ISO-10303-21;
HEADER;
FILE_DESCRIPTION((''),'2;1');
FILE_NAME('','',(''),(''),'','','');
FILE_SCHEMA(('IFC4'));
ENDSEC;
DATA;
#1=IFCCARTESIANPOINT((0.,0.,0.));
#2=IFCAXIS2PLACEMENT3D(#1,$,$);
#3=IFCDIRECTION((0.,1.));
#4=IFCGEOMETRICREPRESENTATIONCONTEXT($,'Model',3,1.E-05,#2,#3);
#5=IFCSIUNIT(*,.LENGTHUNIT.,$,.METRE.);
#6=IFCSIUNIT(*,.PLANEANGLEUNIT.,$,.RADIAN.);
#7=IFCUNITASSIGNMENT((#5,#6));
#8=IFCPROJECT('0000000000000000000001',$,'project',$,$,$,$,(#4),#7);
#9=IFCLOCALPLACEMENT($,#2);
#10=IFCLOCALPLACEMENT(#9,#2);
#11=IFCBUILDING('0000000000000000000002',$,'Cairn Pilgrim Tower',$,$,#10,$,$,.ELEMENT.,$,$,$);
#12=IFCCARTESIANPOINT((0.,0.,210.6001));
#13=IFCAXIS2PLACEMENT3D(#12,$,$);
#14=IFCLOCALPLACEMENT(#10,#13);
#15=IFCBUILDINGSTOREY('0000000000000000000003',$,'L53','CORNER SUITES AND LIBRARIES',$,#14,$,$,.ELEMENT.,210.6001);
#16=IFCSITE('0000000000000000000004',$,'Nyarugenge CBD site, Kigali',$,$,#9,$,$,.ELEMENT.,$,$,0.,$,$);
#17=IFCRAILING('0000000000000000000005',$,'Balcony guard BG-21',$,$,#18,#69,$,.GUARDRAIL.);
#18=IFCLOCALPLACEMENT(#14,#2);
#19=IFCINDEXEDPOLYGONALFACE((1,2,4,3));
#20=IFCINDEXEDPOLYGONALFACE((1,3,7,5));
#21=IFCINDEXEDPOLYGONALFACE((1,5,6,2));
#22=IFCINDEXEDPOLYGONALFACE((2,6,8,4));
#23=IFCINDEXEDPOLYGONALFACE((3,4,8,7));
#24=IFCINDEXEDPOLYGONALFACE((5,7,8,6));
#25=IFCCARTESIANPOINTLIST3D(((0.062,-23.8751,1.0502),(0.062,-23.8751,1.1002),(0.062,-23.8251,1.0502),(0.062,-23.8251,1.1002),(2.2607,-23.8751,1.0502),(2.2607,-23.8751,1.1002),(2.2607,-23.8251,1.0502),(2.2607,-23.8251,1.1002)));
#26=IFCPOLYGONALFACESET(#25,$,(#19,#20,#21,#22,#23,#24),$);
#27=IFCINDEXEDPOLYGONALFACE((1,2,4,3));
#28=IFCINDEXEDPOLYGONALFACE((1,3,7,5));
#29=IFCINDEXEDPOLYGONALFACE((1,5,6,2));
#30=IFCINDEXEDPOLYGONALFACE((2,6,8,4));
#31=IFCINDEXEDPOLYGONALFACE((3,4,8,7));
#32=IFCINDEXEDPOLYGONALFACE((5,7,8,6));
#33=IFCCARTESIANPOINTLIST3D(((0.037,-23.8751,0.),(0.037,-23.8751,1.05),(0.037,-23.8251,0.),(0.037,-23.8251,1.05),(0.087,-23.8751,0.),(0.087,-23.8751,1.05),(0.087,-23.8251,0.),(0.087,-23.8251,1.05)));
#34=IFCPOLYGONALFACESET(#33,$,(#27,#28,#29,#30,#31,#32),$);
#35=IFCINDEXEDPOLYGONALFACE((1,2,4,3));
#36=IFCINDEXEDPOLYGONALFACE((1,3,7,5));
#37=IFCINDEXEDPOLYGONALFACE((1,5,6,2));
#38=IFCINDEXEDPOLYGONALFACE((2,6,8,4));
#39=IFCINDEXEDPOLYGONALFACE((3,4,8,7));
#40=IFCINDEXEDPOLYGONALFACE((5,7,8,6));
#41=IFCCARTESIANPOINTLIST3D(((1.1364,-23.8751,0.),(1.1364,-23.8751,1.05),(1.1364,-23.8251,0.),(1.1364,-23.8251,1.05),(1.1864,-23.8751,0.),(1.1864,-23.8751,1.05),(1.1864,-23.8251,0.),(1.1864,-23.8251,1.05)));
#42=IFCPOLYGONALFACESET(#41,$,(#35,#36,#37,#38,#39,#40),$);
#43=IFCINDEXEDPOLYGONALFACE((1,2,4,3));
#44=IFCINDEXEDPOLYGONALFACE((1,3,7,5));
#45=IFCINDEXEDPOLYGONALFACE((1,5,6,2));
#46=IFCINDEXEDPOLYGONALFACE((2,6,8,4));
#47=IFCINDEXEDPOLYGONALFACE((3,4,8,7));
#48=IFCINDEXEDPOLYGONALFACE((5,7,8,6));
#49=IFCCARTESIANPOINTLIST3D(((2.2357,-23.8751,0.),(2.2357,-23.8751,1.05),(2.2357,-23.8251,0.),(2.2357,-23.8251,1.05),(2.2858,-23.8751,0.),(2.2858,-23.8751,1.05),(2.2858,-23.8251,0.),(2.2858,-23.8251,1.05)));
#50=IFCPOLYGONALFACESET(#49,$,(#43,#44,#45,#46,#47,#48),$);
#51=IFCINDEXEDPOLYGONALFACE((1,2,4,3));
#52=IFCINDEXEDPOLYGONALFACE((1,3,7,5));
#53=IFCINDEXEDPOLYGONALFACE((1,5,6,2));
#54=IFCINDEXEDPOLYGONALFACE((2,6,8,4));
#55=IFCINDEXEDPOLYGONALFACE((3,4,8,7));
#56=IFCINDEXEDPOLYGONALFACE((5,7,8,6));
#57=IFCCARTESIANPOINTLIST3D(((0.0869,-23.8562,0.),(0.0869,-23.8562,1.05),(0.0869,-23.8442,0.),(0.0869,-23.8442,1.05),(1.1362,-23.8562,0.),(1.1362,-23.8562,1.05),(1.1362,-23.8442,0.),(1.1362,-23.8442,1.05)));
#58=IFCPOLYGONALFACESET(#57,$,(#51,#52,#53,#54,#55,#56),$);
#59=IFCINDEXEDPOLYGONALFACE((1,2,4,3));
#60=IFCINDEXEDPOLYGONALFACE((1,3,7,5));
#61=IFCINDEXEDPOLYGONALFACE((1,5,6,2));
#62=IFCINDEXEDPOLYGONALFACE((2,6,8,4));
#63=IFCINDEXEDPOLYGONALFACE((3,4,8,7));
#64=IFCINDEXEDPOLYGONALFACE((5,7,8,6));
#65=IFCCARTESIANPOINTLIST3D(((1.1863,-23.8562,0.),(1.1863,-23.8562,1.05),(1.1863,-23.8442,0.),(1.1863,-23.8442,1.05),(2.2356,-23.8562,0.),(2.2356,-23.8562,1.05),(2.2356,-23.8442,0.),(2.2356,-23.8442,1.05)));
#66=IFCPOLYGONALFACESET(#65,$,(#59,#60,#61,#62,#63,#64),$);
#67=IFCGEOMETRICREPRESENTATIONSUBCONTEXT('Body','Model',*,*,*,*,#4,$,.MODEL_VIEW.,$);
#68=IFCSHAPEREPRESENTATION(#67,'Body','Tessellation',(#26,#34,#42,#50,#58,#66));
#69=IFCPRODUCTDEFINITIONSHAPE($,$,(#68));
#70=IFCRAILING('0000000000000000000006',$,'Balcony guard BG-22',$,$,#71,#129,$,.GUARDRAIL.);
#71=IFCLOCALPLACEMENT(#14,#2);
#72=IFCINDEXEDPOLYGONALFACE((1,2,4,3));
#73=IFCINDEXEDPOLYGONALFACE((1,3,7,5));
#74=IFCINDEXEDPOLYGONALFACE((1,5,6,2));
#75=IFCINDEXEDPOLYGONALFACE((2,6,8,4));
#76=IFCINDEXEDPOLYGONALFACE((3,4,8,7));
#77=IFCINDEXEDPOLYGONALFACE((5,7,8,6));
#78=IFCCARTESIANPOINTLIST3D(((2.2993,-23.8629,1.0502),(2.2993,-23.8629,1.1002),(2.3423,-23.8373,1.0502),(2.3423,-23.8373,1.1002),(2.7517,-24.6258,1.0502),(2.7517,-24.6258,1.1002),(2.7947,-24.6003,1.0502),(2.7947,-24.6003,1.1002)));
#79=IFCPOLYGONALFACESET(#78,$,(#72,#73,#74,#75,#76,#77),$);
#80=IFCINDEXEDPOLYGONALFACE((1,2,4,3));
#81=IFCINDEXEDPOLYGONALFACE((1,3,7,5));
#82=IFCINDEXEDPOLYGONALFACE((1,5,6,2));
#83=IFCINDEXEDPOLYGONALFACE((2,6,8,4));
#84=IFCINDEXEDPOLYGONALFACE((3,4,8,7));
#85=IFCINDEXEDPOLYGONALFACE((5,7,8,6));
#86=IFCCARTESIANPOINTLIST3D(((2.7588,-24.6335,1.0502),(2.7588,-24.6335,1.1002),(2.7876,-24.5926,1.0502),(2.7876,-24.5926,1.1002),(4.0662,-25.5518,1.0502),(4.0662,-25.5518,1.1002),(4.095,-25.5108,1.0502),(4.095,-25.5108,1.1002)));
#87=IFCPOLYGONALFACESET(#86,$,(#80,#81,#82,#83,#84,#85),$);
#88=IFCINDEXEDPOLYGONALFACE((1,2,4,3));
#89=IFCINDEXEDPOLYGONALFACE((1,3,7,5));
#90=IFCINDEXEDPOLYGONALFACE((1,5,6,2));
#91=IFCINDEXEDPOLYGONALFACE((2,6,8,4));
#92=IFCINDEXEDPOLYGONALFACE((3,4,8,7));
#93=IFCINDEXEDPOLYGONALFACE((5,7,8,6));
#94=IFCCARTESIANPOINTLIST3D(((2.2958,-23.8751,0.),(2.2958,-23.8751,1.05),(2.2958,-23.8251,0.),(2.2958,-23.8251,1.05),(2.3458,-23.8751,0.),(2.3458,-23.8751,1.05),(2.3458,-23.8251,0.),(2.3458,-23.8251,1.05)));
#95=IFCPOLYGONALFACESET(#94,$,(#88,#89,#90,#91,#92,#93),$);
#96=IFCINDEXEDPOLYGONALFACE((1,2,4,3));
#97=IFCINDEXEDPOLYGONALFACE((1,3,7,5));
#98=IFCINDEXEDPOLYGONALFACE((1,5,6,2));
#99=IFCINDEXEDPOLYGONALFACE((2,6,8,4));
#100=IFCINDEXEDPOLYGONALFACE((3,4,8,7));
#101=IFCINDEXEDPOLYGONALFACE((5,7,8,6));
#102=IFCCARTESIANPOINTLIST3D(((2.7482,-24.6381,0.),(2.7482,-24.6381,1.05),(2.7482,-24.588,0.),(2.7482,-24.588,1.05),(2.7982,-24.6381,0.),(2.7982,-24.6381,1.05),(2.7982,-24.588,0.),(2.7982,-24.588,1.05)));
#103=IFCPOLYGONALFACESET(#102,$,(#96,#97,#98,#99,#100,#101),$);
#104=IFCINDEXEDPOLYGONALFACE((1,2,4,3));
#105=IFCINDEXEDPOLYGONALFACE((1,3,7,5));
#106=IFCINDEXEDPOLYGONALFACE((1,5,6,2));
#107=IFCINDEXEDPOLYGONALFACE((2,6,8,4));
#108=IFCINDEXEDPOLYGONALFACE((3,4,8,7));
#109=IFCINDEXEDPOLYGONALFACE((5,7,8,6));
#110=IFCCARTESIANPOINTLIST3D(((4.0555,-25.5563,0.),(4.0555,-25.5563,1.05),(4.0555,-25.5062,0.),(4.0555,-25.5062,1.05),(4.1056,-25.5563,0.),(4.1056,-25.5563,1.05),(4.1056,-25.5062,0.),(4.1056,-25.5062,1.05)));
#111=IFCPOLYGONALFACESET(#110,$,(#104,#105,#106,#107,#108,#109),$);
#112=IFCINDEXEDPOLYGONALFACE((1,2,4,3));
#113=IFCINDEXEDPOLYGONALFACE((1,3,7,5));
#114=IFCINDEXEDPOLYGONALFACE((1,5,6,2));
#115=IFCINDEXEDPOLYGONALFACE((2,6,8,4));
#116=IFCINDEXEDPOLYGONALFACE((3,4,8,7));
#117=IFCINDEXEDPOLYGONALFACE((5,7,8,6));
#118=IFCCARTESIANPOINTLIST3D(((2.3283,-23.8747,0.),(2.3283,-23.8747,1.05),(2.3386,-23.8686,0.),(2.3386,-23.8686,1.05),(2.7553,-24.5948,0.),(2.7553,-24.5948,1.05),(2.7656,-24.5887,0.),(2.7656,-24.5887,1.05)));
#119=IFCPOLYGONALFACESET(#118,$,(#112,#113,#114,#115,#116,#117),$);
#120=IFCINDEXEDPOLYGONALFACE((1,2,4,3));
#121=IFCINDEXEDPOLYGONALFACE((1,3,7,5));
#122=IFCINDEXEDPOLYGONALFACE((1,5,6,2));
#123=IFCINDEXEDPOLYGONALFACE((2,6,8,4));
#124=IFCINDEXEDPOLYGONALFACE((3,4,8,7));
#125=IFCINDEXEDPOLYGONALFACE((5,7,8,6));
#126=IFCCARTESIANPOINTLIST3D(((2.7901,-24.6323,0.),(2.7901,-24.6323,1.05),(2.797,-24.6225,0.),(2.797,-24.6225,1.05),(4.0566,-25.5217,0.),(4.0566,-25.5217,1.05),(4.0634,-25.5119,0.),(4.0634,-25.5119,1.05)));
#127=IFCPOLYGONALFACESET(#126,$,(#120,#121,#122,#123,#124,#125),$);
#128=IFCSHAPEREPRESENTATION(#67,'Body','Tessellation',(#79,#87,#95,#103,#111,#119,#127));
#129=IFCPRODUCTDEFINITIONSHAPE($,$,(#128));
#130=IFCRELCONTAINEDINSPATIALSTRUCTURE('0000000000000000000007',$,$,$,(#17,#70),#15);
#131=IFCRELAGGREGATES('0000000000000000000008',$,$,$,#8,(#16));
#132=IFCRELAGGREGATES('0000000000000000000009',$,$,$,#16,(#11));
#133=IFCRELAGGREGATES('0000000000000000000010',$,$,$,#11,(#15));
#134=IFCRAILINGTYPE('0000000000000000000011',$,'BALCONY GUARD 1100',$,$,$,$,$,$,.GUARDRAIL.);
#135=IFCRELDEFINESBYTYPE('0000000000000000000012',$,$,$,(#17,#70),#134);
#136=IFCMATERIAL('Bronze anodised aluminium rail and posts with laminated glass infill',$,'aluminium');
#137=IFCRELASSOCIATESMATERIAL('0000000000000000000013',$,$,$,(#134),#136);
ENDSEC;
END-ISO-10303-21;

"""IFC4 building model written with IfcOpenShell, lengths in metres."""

from ifc_helpers import new_model, si_unit, direction, frame, origin, origin_2d, place, context, subcontext, project, spatial, polyline, rectangle, outline, extrude, material, type_object, element, save


model = new_model("IFC4")

# Units and contexts
model_context = context("Model", 3, precision=1e-05, world=origin(), true_north=direction((0.0, 1.0)))
body_context = subcontext(model_context, "Body", "Model", "MODEL_VIEW")
ifc_project = project(units=[si_unit("LENGTHUNIT", "METRE"), si_unit("PLANEANGLEUNIT", "RADIAN")], contexts=[model_context])

# Site, building, storey
site_placement = place(None, origin())
site = spatial("IfcSite", under=ifc_project, at=site_placement, Name="Nyarugenge CBD site, Kigali", CompositionType="ELEMENT", RefElevation=0.0)
building_placement = place(site_placement, origin())
building = spatial("IfcBuilding", under=site, at=building_placement, Name="Cairn Pilgrim Tower", CompositionType="ELEMENT")
storey_placement = place(building_placement, frame((0.0, 0.0, 210.6001)))
storey = spatial("IfcBuildingStorey", under=building, at=storey_placement, Name="L53", Description="CORNER SUITES AND LIBRARIES", CompositionType="ELEMENT", Elevation=210.6001)

# Railings
ifc_material_1 = material(Name="Bronze anodised aluminium rail and posts with laminated glass infill", Category="aluminium")
railing_type = type_object("IfcRailingType", Name="BALCONY GUARD 1100", PredefinedType="GUARDRAIL", material=ifc_material_1)
railing_1_placement = place(storey_placement, frame((0.062, -23.8501, 0.0)))
element("IfcRailing", 1, at=railing_1_placement, inside=storey, type_object=railing_type, Name="Balcony guard BG-21", PredefinedType="GUARDRAIL", context=body_context, shape_type="SweptSolid", body=[
    extrude(rectangle(XDim=0.05, YDim=0.05, at=origin_2d()), frame((0.0, 0.0, 1.0752), z_axis=(1.0, 0.0, 0.0), x_axis=(0.0, 1.0, 0.0)), (0.0, 0.0, 1.0), 2.1987),
    extrude(rectangle(XDim=0.05, YDim=0.05, at=origin_2d()), origin(), (0.0, 0.0, 1.0), 1.05),
    extrude(rectangle(XDim=0.05, YDim=0.05, at=origin_2d()), frame((1.0994, 0.0, 0.0)), (0.0, 0.0, 1.0), 1.05),
    extrude(rectangle(XDim=0.05, YDim=0.05, at=origin_2d()), frame((2.1987, 0.0, 0.0)), (0.0, 0.0, 1.0), 1.05),
    extrude(outline(polyline([(0.0249, 0.0), (1.0742, 0.0), (1.0742, 1.05), (0.0249, 1.05), (0.0249, 0.0)])), frame((0.0, 0.0059, 0.0), z_axis=(0.0, -1.0, 0.0), x_axis=(1.0, 0.0, 0.0)), (0.0, 0.0, 1.0), 0.012),
    extrude(outline(polyline([(0.0249, 0.0), (1.0742, 0.0), (1.0742, 1.05), (0.0249, 1.05), (0.0249, 0.0)])), frame((1.0994, 0.0059, 0.0), z_axis=(0.0, -1.0, 0.0), x_axis=(1.0, 0.0, 0.0)), (0.0, 0.0, 1.0), 0.012),
])
railing_2_placement = place(storey_placement, frame((2.3208, -23.8501, 0.0)))
element("IfcRailing", 2, at=railing_2_placement, inside=storey, type_object=railing_type, Name="Balcony guard BG-22", PredefinedType="GUARDRAIL", context=body_context, shape_type="SweptSolid", body=[
    extrude(rectangle(XDim=0.05, YDim=0.05, at=origin_2d()), frame((0.0, 0.0, 1.0752), z_axis=(0.510036, -0.860153, 0.0), x_axis=(0.860153, 0.510036, 0.0)), (0.0, 0.0, 1.0), 0.887),
    extrude(rectangle(XDim=0.05, YDim=0.05, at=origin_2d()), frame((0.4524, -0.7629, 1.0752), z_axis=(0.818334, -0.574744, 0.0), x_axis=(0.574744, 0.818334, 0.0)), (0.0, 0.0, 1.0), 1.5977),
    extrude(rectangle(XDim=0.05, YDim=0.05, at=origin_2d()), origin(), (0.0, 0.0, 1.0), 1.05),
    extrude(rectangle(XDim=0.05, YDim=0.05, at=origin_2d()), frame((0.4524, -0.7629, 0.0)), (0.0, 0.0, 1.0), 1.05),
    extrude(rectangle(XDim=0.05, YDim=0.05, at=origin_2d()), frame((1.7598, -1.6812, 0.0)), (0.0, 0.0, 1.0), 1.05),
    extrude(outline(polyline([(0.0249, 0.0), (0.8621, 0.0), (0.8621, 1.05), (0.0249, 1.05), (0.0249, 0.0)])), frame((0.0051, 0.0029, 0.0), z_axis=(-0.860153, -0.510036, 0.0), x_axis=(0.510036, -0.860153, 0.0)), (0.0, 0.0, 1.0), 0.012),
    extrude(outline(polyline([(0.0249, 0.0), (1.5725, 0.0), (1.5725, 1.05), (0.0249, 1.05), (0.0249, 0.0)])), frame((0.4558, -0.7581, 0.0), z_axis=(-0.574744, -0.818334, 0.0), x_axis=(0.818334, -0.574744, 0.0)), (0.0, 0.0, 1.0), 0.012),
])

save(model, "model.ifc")
